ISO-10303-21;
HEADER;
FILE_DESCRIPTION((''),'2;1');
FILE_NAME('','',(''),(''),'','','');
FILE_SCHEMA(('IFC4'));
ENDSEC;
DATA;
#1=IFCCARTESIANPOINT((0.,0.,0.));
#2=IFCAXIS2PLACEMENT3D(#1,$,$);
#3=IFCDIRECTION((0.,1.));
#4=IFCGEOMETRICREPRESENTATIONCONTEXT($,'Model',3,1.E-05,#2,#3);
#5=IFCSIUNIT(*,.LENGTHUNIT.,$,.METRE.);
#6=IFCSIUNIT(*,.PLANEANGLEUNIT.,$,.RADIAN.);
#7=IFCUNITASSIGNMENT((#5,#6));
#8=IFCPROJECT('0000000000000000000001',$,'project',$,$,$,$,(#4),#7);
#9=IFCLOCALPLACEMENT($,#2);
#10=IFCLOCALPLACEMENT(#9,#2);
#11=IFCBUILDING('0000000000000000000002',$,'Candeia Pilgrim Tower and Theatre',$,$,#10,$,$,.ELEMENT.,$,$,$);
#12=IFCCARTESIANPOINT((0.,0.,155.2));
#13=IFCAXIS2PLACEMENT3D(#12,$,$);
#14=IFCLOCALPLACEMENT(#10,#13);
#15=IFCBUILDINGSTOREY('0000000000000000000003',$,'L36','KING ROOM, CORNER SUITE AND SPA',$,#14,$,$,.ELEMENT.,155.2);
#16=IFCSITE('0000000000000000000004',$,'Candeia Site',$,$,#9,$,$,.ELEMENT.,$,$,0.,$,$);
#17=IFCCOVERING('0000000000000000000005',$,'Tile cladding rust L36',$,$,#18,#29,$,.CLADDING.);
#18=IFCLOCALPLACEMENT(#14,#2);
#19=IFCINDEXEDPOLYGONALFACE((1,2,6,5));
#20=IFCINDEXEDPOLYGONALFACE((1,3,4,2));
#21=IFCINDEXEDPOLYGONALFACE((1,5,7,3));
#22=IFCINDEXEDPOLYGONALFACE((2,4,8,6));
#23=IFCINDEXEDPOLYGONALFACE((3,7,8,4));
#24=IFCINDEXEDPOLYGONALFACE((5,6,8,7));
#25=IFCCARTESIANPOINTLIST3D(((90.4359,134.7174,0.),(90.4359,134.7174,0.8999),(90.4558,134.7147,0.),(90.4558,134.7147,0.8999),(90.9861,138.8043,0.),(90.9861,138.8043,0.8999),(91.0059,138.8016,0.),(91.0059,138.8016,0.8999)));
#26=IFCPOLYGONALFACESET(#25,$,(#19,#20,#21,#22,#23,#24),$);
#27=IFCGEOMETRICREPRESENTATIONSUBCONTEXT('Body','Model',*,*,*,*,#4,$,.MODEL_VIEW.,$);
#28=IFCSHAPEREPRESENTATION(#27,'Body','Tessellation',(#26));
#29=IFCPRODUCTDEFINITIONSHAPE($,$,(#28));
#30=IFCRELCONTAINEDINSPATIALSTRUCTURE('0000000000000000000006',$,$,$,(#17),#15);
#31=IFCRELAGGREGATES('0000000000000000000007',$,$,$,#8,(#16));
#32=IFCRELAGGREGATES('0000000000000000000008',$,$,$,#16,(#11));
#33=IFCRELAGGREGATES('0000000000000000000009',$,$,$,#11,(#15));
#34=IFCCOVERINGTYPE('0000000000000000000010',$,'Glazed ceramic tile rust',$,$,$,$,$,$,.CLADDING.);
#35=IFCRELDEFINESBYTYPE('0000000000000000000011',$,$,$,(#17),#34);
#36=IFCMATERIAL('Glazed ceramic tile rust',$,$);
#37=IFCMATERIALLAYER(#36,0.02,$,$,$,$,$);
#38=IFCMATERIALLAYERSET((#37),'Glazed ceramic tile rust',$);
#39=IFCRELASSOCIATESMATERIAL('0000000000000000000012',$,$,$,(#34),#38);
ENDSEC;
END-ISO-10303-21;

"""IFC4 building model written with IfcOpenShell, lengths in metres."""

from ifc_helpers import new_model, si_unit, direction, frame, origin, origin_2d, place, context, subcontext, project, spatial, rectangle, extrude, material, layer, layer_set, type_object, element, save


model = new_model("IFC4")

# Units and contexts
model_context = context("Model", 3, precision=1e-05, world=origin(), true_north=direction((0.0, 1.0)))
body_context = subcontext(model_context, "Body", "Model", "MODEL_VIEW")
ifc_project = project(units=[si_unit("LENGTHUNIT", "METRE"), si_unit("PLANEANGLEUNIT", "RADIAN")], contexts=[model_context])

# Site, building, storey
site_placement = place(None, origin())
site = spatial("IfcSite", under=ifc_project, at=site_placement, Name="Candeia Site", CompositionType="ELEMENT", RefElevation=0.0)
building_placement = place(site_placement, origin())
building = spatial("IfcBuilding", under=site, at=building_placement, Name="Candeia Pilgrim Tower and Theatre", CompositionType="ELEMENT")
storey_placement = place(building_placement, frame((0.0, 0.0, 155.2)))
storey = spatial("IfcBuildingStorey", under=building, at=storey_placement, Name="L36", Description="KING ROOM, CORNER SUITE AND SPA", CompositionType="ELEMENT", Elevation=155.2)

# Covering
ifc_material_1 = material(Name="Glazed ceramic tile rust")
ifc_layer_1 = layer(ifc_material_1, 0.02)
ifc_layer_set_1 = layer_set([ifc_layer_1], Name="Glazed ceramic tile rust")
covering_type = type_object("IfcCoveringType", Name="Glazed ceramic tile rust", PredefinedType="CLADDING", material=ifc_layer_set_1)
covering_1_placement = place(storey_placement, frame((90.7209, 136.7595, 0.0), z_axis=(0.0, 0.0, 1.0), x_axis=(-0.133412, -0.991061, 0.0)))
element("IfcCovering", 1, at=covering_1_placement, inside=storey, type_object=covering_type, Name="Tile cladding rust L36", PredefinedType="CLADDING", context=body_context, shape_type="SweptSolid", body=[
    extrude(rectangle(XDim=4.1238, YDim=0.02, at=origin_2d()), origin(), (0.0, 0.0, 1.0), 0.8999),
])

save(model, "model.ifc")
